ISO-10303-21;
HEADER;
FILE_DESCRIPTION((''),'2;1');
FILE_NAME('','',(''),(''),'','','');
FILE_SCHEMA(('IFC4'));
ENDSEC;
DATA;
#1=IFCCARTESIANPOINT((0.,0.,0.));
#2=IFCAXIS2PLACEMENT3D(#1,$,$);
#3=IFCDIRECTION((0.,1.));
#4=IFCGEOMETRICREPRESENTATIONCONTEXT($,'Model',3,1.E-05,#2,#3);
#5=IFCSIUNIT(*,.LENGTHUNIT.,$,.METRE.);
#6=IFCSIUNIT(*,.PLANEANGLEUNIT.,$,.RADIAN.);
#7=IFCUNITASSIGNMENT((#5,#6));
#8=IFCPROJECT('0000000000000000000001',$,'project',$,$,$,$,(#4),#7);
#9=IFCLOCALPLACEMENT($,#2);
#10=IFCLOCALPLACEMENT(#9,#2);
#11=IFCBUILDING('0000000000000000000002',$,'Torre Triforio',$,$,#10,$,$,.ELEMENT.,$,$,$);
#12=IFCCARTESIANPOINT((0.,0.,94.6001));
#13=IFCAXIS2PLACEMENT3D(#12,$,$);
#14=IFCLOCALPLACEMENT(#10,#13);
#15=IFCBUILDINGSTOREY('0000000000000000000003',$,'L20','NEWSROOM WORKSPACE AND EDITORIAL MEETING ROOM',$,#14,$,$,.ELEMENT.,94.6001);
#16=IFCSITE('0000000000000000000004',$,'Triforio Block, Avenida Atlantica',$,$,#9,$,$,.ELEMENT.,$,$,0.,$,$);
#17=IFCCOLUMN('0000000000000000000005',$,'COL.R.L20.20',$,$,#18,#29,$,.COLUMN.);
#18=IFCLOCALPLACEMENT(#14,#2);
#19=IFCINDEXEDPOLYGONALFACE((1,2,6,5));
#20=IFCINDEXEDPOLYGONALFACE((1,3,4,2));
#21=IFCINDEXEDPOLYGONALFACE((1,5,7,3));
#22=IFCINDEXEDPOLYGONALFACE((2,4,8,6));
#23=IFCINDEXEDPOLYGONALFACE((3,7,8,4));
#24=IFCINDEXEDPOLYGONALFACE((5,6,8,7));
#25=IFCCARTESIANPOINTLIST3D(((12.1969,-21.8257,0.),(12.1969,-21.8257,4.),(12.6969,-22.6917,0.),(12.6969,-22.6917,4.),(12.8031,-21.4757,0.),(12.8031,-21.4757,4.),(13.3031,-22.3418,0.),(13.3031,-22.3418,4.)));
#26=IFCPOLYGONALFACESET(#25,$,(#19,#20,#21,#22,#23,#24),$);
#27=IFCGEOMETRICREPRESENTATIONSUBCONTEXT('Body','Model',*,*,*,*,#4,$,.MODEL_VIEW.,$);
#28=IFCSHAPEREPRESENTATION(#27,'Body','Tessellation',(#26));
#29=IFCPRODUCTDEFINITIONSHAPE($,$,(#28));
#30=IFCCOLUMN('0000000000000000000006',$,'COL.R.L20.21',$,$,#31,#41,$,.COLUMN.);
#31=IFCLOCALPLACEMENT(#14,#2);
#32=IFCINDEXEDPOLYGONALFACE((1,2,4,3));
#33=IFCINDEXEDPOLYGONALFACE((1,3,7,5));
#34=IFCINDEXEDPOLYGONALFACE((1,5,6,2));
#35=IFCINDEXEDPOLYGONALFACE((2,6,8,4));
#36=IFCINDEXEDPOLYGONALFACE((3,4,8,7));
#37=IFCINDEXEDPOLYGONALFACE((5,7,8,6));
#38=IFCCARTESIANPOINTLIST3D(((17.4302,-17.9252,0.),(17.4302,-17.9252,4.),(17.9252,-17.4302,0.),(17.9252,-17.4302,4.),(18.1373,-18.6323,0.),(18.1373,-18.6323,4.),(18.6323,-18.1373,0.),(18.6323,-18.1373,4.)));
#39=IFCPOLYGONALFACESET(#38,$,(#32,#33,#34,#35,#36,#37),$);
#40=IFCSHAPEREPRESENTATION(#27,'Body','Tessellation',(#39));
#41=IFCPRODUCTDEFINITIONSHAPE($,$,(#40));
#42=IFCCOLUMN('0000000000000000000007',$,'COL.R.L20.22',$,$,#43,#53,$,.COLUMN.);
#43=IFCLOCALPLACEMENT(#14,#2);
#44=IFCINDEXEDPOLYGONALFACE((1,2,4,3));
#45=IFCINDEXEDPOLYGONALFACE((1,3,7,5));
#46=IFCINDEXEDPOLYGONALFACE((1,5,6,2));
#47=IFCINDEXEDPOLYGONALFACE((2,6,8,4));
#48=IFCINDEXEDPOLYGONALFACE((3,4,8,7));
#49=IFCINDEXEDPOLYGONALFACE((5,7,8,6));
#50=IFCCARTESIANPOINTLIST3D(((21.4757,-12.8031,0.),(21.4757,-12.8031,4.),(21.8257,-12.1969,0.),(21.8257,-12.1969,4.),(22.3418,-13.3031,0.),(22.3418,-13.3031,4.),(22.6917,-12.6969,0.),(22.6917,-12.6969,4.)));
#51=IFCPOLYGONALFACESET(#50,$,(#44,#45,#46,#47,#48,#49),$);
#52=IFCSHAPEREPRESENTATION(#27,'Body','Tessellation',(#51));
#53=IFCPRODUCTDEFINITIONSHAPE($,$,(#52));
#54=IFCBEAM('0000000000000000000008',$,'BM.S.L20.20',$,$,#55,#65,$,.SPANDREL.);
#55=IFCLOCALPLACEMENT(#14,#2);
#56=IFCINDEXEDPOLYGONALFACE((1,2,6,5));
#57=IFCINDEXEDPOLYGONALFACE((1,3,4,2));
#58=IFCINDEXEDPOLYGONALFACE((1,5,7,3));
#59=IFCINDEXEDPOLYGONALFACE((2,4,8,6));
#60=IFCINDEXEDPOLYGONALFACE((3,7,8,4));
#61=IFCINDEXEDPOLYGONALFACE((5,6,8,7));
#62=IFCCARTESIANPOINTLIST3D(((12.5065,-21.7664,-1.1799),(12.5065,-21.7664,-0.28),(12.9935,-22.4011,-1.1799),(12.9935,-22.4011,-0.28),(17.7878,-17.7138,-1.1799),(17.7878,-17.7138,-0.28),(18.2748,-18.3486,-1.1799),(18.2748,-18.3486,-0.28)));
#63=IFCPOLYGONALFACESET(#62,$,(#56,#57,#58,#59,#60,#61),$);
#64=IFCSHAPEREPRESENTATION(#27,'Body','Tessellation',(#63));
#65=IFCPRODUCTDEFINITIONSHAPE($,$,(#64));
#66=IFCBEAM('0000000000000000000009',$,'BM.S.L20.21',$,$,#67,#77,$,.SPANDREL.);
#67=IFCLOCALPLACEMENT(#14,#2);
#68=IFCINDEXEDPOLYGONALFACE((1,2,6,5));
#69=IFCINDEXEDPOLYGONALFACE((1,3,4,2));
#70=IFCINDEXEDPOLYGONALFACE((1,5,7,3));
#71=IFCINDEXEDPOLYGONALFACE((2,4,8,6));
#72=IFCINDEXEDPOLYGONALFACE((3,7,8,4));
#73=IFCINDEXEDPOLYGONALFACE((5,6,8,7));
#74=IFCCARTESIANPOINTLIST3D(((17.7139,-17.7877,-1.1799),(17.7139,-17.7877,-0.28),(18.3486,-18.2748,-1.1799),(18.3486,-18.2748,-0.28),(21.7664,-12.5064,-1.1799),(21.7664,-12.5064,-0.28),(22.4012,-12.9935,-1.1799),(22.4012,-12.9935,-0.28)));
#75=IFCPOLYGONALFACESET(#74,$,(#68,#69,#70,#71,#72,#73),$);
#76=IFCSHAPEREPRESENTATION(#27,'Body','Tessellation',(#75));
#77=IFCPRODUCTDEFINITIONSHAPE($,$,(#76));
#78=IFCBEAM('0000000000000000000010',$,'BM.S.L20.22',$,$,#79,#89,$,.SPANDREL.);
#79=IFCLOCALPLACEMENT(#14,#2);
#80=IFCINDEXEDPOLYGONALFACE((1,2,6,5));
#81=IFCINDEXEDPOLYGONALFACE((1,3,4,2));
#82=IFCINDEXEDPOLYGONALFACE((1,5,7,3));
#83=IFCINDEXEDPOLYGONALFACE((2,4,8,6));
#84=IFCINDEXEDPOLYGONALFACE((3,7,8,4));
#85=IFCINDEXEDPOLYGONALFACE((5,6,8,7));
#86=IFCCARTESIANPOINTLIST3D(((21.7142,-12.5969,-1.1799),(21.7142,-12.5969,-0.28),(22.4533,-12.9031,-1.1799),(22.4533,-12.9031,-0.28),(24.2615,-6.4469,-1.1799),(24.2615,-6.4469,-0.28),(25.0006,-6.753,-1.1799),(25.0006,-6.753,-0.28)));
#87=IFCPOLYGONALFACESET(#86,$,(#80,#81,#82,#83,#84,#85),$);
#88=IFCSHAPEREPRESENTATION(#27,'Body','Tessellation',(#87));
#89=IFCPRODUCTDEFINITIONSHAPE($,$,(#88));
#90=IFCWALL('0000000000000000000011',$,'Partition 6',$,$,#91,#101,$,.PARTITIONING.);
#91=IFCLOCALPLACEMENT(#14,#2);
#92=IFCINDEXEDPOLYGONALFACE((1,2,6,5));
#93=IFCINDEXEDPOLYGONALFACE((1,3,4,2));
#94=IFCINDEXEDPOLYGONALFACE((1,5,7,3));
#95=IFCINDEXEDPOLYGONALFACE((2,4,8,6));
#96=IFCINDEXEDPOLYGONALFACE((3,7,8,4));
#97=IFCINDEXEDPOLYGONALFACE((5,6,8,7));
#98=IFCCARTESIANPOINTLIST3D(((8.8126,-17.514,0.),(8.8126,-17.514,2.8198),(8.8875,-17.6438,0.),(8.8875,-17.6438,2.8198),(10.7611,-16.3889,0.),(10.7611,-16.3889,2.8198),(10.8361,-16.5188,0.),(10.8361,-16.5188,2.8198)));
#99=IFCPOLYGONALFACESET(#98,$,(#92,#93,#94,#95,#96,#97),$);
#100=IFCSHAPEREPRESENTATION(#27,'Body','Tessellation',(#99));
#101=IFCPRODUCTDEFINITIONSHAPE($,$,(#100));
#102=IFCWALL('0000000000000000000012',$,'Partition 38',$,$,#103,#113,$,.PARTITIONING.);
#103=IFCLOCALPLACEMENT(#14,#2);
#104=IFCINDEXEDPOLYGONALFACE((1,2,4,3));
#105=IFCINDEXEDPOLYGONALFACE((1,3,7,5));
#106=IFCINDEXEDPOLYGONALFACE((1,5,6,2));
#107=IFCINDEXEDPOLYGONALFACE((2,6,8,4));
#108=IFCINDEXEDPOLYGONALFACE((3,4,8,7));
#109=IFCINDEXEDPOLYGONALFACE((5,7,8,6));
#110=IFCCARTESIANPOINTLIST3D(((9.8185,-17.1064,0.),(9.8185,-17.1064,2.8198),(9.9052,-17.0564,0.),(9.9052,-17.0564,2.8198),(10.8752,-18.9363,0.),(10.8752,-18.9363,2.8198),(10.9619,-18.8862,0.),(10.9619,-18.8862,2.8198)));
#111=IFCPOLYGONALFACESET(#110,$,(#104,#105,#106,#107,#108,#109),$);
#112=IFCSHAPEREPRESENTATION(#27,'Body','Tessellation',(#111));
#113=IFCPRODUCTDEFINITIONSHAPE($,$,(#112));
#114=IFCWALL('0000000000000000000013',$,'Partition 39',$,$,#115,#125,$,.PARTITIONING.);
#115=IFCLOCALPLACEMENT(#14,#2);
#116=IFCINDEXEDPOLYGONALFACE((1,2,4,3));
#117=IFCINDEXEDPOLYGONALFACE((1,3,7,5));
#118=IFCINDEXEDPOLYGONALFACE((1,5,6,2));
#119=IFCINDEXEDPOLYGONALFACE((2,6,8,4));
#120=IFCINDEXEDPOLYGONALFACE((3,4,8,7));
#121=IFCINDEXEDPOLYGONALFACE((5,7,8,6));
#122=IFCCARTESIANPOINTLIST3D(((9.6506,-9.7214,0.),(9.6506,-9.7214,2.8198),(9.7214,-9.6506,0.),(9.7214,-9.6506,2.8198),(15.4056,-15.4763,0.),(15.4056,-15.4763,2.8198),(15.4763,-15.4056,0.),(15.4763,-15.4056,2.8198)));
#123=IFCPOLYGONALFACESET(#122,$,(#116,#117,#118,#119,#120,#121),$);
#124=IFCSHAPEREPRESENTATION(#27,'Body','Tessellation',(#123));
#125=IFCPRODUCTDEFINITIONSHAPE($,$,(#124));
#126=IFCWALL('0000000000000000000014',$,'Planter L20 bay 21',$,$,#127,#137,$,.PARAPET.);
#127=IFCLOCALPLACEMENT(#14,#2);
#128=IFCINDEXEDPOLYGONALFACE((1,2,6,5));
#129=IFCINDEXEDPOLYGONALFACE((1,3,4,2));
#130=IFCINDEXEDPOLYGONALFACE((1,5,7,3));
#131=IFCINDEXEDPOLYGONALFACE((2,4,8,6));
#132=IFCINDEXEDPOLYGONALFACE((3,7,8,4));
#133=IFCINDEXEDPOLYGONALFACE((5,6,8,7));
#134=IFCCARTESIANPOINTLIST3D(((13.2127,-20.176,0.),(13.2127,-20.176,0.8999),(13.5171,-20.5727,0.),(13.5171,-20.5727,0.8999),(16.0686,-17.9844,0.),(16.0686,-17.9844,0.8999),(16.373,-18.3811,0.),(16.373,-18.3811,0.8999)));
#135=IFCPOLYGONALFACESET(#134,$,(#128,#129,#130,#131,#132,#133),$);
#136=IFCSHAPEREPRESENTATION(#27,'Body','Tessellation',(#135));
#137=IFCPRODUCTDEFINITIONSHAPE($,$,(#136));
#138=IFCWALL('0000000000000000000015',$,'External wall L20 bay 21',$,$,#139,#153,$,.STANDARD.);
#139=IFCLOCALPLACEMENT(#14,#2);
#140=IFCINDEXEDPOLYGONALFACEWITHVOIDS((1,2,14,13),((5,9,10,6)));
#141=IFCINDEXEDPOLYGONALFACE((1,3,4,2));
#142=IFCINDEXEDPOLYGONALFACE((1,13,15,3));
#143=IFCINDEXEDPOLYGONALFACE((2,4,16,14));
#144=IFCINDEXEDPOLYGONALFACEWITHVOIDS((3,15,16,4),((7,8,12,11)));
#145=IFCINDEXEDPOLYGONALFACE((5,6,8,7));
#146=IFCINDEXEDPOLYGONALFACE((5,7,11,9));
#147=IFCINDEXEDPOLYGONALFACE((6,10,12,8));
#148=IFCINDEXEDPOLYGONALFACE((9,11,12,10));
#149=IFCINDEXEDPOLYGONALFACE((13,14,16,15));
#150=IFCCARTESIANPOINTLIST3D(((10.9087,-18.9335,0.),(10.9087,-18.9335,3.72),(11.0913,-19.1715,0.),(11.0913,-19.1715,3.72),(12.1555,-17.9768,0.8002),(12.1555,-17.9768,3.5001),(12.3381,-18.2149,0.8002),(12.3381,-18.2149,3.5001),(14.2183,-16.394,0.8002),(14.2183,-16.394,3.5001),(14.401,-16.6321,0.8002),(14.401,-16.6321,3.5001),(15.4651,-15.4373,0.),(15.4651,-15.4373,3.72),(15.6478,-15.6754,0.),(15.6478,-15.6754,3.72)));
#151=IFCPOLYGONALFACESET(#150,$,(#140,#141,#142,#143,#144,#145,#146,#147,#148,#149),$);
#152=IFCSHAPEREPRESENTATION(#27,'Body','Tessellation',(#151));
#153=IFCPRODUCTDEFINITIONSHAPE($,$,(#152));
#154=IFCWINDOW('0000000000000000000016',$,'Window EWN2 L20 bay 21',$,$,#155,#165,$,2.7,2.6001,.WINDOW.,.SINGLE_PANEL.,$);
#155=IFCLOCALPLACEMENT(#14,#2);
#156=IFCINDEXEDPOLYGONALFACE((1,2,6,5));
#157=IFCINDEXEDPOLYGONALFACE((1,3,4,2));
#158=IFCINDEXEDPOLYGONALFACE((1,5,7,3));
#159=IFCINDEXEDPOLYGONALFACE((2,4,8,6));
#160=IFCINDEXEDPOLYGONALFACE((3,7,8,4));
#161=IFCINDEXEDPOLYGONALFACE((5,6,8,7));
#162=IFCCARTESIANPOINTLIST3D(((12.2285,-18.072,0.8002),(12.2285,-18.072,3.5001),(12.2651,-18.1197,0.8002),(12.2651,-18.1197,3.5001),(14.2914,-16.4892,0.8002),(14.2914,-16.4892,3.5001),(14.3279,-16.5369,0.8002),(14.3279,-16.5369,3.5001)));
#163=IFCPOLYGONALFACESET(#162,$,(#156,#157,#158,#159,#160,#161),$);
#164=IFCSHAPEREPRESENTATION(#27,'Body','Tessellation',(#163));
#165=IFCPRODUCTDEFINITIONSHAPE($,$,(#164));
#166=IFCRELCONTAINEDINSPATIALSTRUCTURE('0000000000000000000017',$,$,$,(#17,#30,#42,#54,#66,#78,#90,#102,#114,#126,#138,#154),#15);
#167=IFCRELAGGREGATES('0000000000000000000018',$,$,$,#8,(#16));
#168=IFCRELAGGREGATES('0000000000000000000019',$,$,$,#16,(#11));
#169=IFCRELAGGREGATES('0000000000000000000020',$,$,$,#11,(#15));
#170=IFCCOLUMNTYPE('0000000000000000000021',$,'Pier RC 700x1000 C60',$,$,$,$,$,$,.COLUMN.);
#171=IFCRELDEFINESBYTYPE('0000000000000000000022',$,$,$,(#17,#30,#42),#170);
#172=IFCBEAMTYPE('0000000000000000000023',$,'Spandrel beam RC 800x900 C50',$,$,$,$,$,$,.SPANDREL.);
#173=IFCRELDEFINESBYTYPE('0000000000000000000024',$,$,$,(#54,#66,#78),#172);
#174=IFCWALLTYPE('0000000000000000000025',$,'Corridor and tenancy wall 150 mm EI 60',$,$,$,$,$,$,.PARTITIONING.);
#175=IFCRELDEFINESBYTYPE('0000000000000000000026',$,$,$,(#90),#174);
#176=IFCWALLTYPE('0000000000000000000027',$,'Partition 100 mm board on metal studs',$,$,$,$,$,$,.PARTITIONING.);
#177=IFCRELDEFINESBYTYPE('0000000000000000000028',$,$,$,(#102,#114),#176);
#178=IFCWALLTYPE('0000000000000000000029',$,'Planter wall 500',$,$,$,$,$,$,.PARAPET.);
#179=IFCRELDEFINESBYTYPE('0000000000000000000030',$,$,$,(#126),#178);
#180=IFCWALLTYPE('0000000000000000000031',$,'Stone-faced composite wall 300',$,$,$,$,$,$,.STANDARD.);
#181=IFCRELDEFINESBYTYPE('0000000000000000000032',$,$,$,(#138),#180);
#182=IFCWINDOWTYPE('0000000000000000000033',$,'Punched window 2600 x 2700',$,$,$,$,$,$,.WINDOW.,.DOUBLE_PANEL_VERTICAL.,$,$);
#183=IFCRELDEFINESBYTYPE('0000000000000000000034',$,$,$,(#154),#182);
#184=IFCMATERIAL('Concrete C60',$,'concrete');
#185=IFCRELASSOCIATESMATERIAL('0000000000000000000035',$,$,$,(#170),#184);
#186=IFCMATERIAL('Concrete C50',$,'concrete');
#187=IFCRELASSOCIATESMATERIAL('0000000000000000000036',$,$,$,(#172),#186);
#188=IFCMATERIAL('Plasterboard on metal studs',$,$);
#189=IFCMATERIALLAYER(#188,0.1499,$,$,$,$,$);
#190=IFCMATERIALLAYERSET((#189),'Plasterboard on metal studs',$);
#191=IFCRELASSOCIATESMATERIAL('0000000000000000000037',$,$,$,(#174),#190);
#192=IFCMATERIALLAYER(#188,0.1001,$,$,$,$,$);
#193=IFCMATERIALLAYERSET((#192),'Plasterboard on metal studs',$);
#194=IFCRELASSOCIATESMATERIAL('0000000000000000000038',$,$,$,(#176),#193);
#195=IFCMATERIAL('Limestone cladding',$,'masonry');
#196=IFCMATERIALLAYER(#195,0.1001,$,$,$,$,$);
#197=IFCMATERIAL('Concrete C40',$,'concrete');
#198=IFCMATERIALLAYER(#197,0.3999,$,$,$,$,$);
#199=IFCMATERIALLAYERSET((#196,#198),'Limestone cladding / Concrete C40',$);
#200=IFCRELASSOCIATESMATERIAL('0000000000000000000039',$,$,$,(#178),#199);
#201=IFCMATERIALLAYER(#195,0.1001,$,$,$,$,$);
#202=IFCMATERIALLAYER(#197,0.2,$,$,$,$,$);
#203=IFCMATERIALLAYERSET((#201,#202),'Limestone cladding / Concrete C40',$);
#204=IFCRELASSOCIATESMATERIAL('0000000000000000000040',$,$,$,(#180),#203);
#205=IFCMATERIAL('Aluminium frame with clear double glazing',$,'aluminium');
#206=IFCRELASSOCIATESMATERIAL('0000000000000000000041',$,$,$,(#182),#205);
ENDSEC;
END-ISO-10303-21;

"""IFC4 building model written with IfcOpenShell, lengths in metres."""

from ifc_helpers import new_model, si_unit, direction, frame, frame_2d, origin, origin_2d, place, context, subcontext, project, spatial, rectangle, extrude, material, layer, layer_set, material_profile, profile_set, type_object, element, fill, save


model = new_model("IFC4")

# Units and contexts
model_context = context("Model", 3, precision=1e-05, world=origin(), true_north=direction((0.0, 1.0)))
body_context = subcontext(model_context, "Body", "Model", "MODEL_VIEW")
ifc_project = project(units=[si_unit("LENGTHUNIT", "METRE"), si_unit("PLANEANGLEUNIT", "RADIAN")], contexts=[model_context])

# Site, building, storey
site_placement = place(None, origin())
site = spatial("IfcSite", under=ifc_project, at=site_placement, Name="Triforio Block, Avenida Atlantica", CompositionType="ELEMENT", RefElevation=0.0)
building_placement = place(site_placement, origin())
building = spatial("IfcBuilding", under=site, at=building_placement, Name="Torre Triforio", CompositionType="ELEMENT")
storey_placement = place(building_placement, frame((0.0, 0.0, 94.6001)))
storey = spatial("IfcBuildingStorey", under=building, at=storey_placement, Name="L20", Description="NEWSROOM WORKSPACE AND EDITORIAL MEETING ROOM", CompositionType="ELEMENT", Elevation=94.6001)

# Columns
ifc_material_1 = material(Name="Concrete C60", Category="concrete")
ifc_material_profile_1 = material_profile(ifc_material_1, rectangle(XDim=0.7, YDim=1.0, at=origin_2d()), Name="RC 700x1000")
ifc_profile_set_1 = profile_set([ifc_material_profile_1], Name="Concrete C60")
column_type = type_object("IfcColumnType", Name="Pier RC 700x1000 C60", PredefinedType="COLUMN", material=ifc_profile_set_1)
for number, where, z_axis, x_axis, name in (
    (1, (12.75, -22.0837, 0.0), (0.0, 0.0, 1.0), (0.866025, 0.5, 0.0), "COL.R.L20.20"),
    (2, (18.0312, -18.0312, 0.0), (0.0, 0.0, 1.0), (0.707107, 0.707107, 0.0), "COL.R.L20.21"),
    (3, (22.0837, -12.75, 0.0), (0.0, 0.0, 1.0), (0.5, 0.866025, 0.0), "COL.R.L20.22"),
):
    element("IfcColumn", number, at=place(storey_placement, frame(where, z_axis=z_axis, x_axis=x_axis)), inside=storey, type_object=column_type, Name=name, PredefinedType="COLUMN", context=body_context, shape_type="SweptSolid", body=[
        extrude(rectangle(XDim=0.7, YDim=1.0, at=origin_2d()), origin(), (0.0, 0.0, 1.0), 4.0),
    ])

# Beams
ifc_material_2 = material(Name="Concrete C50", Category="concrete")
ifc_material_profile_2 = material_profile(ifc_material_2, rectangle(XDim=0.8, YDim=0.8999, at=origin_2d()), Name="RC 800x900")
ifc_profile_set_2 = profile_set([ifc_material_profile_2], Name="Concrete C50")
beam_type = type_object("IfcBeamType", Name="Spandrel beam RC 800x900 C50", PredefinedType="SPANDREL", material=ifc_profile_set_2)
for number, where, z_axis, x_axis, name in (
    (4, (12.75, -22.0837, -0.73), (0.79335, 0.608766, 0.0), (-0.608766, 0.79335, 0.0), "BM.S.L20.20"),
    (5, (18.0312, -18.0312, -0.73), (0.608766, 0.79335, 0.0), (-0.79335, 0.608766, 0.0), "BM.S.L20.21"),
):
    element("IfcBeam", number, at=place(storey_placement, frame(where, z_axis=z_axis, x_axis=x_axis)), inside=storey, type_object=beam_type, Name=name, PredefinedType="SPANDREL", context=body_context, shape_type="SweptSolid", body=[
        extrude(rectangle(XDim=0.8, YDim=0.8999, at=origin_2d()), origin(), (0.0, 0.0, 1.0), 6.657),
    ])
beam_placement = place(storey_placement, frame((22.0837, -12.75, -0.73), z_axis=(0.382669, 0.923885, 0.0), x_axis=(-0.923885, 0.382669, 0.0)))
element("IfcBeam", 6, at=beam_placement, inside=storey, type_object=beam_type, Name="BM.S.L20.22", PredefinedType="SPANDREL", context=body_context, shape_type="SweptSolid", body=[
    extrude(rectangle(XDim=0.8, YDim=0.8999, at=origin_2d()), origin(), (0.0, 0.0, 1.0), 6.6567),
])

# Walls
ifc_material_3 = material(Name="Plasterboard on metal studs")
ifc_layer_1 = layer(ifc_material_3, 0.1499)
ifc_layer_set_1 = layer_set([ifc_layer_1], Name="Plasterboard on metal studs")
wall_type_1 = type_object("IfcWallType", Name="Corridor and tenancy wall 150 mm EI 60", PredefinedType="PARTITIONING", material=ifc_layer_set_1)
wall_1_placement = place(storey_placement, frame((10.7986, -16.4539, 0.0), z_axis=(0.0, 0.0, 1.0), x_axis=(-0.866018, -0.500014, 0.0)))
element("IfcWall", 7, at=wall_1_placement, inside=storey, type_object=wall_type_1, Name="Partition 6", PredefinedType="PARTITIONING", context=body_context, shape_type="SweptSolid", body=[
    extrude(rectangle(XDim=2.25, YDim=0.1499, at=frame_2d((1.125, 0.0))), origin(), (0.0, 0.0, 1.0), 2.8198),
])
ifc_layer_2 = layer(ifc_material_3, 0.1001)
ifc_layer_set_2 = layer_set([ifc_layer_2], Name="Plasterboard on metal studs")
wall_type_2 = type_object("IfcWallType", Name="Partition 100 mm board on metal studs", PredefinedType="PARTITIONING", material=ifc_layer_set_2)
wall_2_placement = place(storey_placement, frame((9.8618, -17.0813, 0.0), z_axis=(0.0, 0.0, 1.0), x_axis=(0.500066, -0.865987, 0.0)))
element("IfcWall", 8, at=wall_2_placement, inside=storey, type_object=wall_type_2, Name="Partition 38", PredefinedType="PARTITIONING", context=body_context, shape_type="SweptSolid", body=[
    extrude(rectangle(XDim=2.113, YDim=0.1001, at=frame_2d((1.0566, 0.0))), origin(), (0.0, 0.0, 1.0), 2.8198),
])
wall_3_placement = place(storey_placement, frame((9.686, -9.686, 0.0), z_axis=(0.0, 0.0, 1.0), x_axis=(0.707107, -0.707107, 0.0)))
element("IfcWall", 9, at=wall_3_placement, inside=storey, type_object=wall_type_2, Name="Partition 39", PredefinedType="PARTITIONING", context=body_context, shape_type="SweptSolid", body=[
    extrude(rectangle(XDim=8.1387, YDim=0.1001, at=frame_2d((4.0693, 0.0))), origin(), (0.0, 0.0, 1.0), 2.8198),
])
ifc_material_4 = material(Name="Limestone cladding", Category="masonry")
ifc_layer_3 = layer(ifc_material_4, 0.1001)
ifc_material_5 = material(Name="Concrete C40", Category="concrete")
ifc_layer_4 = layer(ifc_material_5, 0.3999)
ifc_layer_set_3 = layer_set([ifc_layer_3, ifc_layer_4], Name="Limestone cladding / Concrete C40")
wall_type_3 = type_object("IfcWallType", Name="Planter wall 500", PredefinedType="PARAPET", material=ifc_layer_set_3)
wall_4_placement = place(storey_placement, frame((13.365, -20.3743, 0.0), z_axis=(0.0, 0.0, 1.0), x_axis=(0.793327, 0.608796, 0.0)))
element("IfcWall", 10, at=wall_4_placement, inside=storey, type_object=wall_type_3, Name="Planter L20 bay 21", PredefinedType="PARAPET", context=body_context, shape_type="SweptSolid", body=[
    extrude(rectangle(XDim=3.5999, YDim=0.5, at=frame_2d((1.7998, 0.0))), origin(), (0.0, 0.0, 1.0), 0.8999),
])

# Wall, opening, window
ifc_layer_5 = layer(ifc_material_4, 0.1001)
ifc_layer_6 = layer(ifc_material_5, 0.2)
ifc_layer_set_4 = layer_set([ifc_layer_5, ifc_layer_6], Name="Limestone cladding / Concrete C40")
wall_type_4 = type_object("IfcWallType", Name="Stone-faced composite wall 300", PredefinedType="STANDARD", material=ifc_layer_set_4)
wall_5_placement = place(storey_placement, frame((11.0, -19.0525, 0.0), z_axis=(0.0, 0.0, 1.0), x_axis=(0.793366, 0.608745, 0.0)))
wall_5 = element("IfcWall", 11, at=wall_5_placement, inside=storey, type_object=wall_type_4, Name="External wall L20 bay 21", PredefinedType="STANDARD", context=body_context, shape_type="SweptSolid", body=[
    extrude(rectangle(XDim=5.7432, YDim=0.3, at=frame_2d((2.8716, 0.0))), origin(), (0.0, 0.0, 1.0), 3.72),
])
opening_1_placement = place(wall_5_placement, frame((1.5715, 0.0, 0.8)))
opening_1 = element("IfcOpeningElement", 12, at=opening_1_placement, cuts=wall_5, PredefinedType="OPENING", context=body_context, shape_type="SweptSolid", body=[
    extrude(rectangle(XDim=2.6001, YDim=2.7, at=frame_2d((1.3, 1.3501))), frame((0.0, 0.1599, 0.0), z_axis=(0.0, -1.0, 0.0), x_axis=(1.0, 0.0, 0.0)), (0.0, 0.0, 1.0), 0.3201),
])
ifc_material_6 = material(Name="Aluminium frame with clear double glazing", Category="aluminium")
window_type_1 = type_object("IfcWindowType", Name="Punched window 2600 x 2700", PartitioningType="DOUBLE_PANEL_VERTICAL", PredefinedType="WINDOW", material=ifc_material_6)
window_1_placement = place(opening_1_placement, origin())
window_1 = element("IfcWindow", 13, at=window_1_placement, inside=storey, type_object=window_type_1, Name="Window EWN2 L20 bay 21", OverallHeight=2.7, OverallWidth=2.6001, PartitioningType="SINGLE_PANEL", PredefinedType="WINDOW", context=body_context, shape_type="SweptSolid", body=[
    extrude(rectangle(XDim=2.6001, YDim=2.7, at=frame_2d((1.3, 1.3501))), frame((0.0, 0.03, 0.0), z_axis=(0.0, -1.0, 0.0), x_axis=(1.0, 0.0, 0.0)), (0.0, 0.0, 1.0), 0.0601),
])
fill(opening_1, window_1)

save(model, "model.ifc")
